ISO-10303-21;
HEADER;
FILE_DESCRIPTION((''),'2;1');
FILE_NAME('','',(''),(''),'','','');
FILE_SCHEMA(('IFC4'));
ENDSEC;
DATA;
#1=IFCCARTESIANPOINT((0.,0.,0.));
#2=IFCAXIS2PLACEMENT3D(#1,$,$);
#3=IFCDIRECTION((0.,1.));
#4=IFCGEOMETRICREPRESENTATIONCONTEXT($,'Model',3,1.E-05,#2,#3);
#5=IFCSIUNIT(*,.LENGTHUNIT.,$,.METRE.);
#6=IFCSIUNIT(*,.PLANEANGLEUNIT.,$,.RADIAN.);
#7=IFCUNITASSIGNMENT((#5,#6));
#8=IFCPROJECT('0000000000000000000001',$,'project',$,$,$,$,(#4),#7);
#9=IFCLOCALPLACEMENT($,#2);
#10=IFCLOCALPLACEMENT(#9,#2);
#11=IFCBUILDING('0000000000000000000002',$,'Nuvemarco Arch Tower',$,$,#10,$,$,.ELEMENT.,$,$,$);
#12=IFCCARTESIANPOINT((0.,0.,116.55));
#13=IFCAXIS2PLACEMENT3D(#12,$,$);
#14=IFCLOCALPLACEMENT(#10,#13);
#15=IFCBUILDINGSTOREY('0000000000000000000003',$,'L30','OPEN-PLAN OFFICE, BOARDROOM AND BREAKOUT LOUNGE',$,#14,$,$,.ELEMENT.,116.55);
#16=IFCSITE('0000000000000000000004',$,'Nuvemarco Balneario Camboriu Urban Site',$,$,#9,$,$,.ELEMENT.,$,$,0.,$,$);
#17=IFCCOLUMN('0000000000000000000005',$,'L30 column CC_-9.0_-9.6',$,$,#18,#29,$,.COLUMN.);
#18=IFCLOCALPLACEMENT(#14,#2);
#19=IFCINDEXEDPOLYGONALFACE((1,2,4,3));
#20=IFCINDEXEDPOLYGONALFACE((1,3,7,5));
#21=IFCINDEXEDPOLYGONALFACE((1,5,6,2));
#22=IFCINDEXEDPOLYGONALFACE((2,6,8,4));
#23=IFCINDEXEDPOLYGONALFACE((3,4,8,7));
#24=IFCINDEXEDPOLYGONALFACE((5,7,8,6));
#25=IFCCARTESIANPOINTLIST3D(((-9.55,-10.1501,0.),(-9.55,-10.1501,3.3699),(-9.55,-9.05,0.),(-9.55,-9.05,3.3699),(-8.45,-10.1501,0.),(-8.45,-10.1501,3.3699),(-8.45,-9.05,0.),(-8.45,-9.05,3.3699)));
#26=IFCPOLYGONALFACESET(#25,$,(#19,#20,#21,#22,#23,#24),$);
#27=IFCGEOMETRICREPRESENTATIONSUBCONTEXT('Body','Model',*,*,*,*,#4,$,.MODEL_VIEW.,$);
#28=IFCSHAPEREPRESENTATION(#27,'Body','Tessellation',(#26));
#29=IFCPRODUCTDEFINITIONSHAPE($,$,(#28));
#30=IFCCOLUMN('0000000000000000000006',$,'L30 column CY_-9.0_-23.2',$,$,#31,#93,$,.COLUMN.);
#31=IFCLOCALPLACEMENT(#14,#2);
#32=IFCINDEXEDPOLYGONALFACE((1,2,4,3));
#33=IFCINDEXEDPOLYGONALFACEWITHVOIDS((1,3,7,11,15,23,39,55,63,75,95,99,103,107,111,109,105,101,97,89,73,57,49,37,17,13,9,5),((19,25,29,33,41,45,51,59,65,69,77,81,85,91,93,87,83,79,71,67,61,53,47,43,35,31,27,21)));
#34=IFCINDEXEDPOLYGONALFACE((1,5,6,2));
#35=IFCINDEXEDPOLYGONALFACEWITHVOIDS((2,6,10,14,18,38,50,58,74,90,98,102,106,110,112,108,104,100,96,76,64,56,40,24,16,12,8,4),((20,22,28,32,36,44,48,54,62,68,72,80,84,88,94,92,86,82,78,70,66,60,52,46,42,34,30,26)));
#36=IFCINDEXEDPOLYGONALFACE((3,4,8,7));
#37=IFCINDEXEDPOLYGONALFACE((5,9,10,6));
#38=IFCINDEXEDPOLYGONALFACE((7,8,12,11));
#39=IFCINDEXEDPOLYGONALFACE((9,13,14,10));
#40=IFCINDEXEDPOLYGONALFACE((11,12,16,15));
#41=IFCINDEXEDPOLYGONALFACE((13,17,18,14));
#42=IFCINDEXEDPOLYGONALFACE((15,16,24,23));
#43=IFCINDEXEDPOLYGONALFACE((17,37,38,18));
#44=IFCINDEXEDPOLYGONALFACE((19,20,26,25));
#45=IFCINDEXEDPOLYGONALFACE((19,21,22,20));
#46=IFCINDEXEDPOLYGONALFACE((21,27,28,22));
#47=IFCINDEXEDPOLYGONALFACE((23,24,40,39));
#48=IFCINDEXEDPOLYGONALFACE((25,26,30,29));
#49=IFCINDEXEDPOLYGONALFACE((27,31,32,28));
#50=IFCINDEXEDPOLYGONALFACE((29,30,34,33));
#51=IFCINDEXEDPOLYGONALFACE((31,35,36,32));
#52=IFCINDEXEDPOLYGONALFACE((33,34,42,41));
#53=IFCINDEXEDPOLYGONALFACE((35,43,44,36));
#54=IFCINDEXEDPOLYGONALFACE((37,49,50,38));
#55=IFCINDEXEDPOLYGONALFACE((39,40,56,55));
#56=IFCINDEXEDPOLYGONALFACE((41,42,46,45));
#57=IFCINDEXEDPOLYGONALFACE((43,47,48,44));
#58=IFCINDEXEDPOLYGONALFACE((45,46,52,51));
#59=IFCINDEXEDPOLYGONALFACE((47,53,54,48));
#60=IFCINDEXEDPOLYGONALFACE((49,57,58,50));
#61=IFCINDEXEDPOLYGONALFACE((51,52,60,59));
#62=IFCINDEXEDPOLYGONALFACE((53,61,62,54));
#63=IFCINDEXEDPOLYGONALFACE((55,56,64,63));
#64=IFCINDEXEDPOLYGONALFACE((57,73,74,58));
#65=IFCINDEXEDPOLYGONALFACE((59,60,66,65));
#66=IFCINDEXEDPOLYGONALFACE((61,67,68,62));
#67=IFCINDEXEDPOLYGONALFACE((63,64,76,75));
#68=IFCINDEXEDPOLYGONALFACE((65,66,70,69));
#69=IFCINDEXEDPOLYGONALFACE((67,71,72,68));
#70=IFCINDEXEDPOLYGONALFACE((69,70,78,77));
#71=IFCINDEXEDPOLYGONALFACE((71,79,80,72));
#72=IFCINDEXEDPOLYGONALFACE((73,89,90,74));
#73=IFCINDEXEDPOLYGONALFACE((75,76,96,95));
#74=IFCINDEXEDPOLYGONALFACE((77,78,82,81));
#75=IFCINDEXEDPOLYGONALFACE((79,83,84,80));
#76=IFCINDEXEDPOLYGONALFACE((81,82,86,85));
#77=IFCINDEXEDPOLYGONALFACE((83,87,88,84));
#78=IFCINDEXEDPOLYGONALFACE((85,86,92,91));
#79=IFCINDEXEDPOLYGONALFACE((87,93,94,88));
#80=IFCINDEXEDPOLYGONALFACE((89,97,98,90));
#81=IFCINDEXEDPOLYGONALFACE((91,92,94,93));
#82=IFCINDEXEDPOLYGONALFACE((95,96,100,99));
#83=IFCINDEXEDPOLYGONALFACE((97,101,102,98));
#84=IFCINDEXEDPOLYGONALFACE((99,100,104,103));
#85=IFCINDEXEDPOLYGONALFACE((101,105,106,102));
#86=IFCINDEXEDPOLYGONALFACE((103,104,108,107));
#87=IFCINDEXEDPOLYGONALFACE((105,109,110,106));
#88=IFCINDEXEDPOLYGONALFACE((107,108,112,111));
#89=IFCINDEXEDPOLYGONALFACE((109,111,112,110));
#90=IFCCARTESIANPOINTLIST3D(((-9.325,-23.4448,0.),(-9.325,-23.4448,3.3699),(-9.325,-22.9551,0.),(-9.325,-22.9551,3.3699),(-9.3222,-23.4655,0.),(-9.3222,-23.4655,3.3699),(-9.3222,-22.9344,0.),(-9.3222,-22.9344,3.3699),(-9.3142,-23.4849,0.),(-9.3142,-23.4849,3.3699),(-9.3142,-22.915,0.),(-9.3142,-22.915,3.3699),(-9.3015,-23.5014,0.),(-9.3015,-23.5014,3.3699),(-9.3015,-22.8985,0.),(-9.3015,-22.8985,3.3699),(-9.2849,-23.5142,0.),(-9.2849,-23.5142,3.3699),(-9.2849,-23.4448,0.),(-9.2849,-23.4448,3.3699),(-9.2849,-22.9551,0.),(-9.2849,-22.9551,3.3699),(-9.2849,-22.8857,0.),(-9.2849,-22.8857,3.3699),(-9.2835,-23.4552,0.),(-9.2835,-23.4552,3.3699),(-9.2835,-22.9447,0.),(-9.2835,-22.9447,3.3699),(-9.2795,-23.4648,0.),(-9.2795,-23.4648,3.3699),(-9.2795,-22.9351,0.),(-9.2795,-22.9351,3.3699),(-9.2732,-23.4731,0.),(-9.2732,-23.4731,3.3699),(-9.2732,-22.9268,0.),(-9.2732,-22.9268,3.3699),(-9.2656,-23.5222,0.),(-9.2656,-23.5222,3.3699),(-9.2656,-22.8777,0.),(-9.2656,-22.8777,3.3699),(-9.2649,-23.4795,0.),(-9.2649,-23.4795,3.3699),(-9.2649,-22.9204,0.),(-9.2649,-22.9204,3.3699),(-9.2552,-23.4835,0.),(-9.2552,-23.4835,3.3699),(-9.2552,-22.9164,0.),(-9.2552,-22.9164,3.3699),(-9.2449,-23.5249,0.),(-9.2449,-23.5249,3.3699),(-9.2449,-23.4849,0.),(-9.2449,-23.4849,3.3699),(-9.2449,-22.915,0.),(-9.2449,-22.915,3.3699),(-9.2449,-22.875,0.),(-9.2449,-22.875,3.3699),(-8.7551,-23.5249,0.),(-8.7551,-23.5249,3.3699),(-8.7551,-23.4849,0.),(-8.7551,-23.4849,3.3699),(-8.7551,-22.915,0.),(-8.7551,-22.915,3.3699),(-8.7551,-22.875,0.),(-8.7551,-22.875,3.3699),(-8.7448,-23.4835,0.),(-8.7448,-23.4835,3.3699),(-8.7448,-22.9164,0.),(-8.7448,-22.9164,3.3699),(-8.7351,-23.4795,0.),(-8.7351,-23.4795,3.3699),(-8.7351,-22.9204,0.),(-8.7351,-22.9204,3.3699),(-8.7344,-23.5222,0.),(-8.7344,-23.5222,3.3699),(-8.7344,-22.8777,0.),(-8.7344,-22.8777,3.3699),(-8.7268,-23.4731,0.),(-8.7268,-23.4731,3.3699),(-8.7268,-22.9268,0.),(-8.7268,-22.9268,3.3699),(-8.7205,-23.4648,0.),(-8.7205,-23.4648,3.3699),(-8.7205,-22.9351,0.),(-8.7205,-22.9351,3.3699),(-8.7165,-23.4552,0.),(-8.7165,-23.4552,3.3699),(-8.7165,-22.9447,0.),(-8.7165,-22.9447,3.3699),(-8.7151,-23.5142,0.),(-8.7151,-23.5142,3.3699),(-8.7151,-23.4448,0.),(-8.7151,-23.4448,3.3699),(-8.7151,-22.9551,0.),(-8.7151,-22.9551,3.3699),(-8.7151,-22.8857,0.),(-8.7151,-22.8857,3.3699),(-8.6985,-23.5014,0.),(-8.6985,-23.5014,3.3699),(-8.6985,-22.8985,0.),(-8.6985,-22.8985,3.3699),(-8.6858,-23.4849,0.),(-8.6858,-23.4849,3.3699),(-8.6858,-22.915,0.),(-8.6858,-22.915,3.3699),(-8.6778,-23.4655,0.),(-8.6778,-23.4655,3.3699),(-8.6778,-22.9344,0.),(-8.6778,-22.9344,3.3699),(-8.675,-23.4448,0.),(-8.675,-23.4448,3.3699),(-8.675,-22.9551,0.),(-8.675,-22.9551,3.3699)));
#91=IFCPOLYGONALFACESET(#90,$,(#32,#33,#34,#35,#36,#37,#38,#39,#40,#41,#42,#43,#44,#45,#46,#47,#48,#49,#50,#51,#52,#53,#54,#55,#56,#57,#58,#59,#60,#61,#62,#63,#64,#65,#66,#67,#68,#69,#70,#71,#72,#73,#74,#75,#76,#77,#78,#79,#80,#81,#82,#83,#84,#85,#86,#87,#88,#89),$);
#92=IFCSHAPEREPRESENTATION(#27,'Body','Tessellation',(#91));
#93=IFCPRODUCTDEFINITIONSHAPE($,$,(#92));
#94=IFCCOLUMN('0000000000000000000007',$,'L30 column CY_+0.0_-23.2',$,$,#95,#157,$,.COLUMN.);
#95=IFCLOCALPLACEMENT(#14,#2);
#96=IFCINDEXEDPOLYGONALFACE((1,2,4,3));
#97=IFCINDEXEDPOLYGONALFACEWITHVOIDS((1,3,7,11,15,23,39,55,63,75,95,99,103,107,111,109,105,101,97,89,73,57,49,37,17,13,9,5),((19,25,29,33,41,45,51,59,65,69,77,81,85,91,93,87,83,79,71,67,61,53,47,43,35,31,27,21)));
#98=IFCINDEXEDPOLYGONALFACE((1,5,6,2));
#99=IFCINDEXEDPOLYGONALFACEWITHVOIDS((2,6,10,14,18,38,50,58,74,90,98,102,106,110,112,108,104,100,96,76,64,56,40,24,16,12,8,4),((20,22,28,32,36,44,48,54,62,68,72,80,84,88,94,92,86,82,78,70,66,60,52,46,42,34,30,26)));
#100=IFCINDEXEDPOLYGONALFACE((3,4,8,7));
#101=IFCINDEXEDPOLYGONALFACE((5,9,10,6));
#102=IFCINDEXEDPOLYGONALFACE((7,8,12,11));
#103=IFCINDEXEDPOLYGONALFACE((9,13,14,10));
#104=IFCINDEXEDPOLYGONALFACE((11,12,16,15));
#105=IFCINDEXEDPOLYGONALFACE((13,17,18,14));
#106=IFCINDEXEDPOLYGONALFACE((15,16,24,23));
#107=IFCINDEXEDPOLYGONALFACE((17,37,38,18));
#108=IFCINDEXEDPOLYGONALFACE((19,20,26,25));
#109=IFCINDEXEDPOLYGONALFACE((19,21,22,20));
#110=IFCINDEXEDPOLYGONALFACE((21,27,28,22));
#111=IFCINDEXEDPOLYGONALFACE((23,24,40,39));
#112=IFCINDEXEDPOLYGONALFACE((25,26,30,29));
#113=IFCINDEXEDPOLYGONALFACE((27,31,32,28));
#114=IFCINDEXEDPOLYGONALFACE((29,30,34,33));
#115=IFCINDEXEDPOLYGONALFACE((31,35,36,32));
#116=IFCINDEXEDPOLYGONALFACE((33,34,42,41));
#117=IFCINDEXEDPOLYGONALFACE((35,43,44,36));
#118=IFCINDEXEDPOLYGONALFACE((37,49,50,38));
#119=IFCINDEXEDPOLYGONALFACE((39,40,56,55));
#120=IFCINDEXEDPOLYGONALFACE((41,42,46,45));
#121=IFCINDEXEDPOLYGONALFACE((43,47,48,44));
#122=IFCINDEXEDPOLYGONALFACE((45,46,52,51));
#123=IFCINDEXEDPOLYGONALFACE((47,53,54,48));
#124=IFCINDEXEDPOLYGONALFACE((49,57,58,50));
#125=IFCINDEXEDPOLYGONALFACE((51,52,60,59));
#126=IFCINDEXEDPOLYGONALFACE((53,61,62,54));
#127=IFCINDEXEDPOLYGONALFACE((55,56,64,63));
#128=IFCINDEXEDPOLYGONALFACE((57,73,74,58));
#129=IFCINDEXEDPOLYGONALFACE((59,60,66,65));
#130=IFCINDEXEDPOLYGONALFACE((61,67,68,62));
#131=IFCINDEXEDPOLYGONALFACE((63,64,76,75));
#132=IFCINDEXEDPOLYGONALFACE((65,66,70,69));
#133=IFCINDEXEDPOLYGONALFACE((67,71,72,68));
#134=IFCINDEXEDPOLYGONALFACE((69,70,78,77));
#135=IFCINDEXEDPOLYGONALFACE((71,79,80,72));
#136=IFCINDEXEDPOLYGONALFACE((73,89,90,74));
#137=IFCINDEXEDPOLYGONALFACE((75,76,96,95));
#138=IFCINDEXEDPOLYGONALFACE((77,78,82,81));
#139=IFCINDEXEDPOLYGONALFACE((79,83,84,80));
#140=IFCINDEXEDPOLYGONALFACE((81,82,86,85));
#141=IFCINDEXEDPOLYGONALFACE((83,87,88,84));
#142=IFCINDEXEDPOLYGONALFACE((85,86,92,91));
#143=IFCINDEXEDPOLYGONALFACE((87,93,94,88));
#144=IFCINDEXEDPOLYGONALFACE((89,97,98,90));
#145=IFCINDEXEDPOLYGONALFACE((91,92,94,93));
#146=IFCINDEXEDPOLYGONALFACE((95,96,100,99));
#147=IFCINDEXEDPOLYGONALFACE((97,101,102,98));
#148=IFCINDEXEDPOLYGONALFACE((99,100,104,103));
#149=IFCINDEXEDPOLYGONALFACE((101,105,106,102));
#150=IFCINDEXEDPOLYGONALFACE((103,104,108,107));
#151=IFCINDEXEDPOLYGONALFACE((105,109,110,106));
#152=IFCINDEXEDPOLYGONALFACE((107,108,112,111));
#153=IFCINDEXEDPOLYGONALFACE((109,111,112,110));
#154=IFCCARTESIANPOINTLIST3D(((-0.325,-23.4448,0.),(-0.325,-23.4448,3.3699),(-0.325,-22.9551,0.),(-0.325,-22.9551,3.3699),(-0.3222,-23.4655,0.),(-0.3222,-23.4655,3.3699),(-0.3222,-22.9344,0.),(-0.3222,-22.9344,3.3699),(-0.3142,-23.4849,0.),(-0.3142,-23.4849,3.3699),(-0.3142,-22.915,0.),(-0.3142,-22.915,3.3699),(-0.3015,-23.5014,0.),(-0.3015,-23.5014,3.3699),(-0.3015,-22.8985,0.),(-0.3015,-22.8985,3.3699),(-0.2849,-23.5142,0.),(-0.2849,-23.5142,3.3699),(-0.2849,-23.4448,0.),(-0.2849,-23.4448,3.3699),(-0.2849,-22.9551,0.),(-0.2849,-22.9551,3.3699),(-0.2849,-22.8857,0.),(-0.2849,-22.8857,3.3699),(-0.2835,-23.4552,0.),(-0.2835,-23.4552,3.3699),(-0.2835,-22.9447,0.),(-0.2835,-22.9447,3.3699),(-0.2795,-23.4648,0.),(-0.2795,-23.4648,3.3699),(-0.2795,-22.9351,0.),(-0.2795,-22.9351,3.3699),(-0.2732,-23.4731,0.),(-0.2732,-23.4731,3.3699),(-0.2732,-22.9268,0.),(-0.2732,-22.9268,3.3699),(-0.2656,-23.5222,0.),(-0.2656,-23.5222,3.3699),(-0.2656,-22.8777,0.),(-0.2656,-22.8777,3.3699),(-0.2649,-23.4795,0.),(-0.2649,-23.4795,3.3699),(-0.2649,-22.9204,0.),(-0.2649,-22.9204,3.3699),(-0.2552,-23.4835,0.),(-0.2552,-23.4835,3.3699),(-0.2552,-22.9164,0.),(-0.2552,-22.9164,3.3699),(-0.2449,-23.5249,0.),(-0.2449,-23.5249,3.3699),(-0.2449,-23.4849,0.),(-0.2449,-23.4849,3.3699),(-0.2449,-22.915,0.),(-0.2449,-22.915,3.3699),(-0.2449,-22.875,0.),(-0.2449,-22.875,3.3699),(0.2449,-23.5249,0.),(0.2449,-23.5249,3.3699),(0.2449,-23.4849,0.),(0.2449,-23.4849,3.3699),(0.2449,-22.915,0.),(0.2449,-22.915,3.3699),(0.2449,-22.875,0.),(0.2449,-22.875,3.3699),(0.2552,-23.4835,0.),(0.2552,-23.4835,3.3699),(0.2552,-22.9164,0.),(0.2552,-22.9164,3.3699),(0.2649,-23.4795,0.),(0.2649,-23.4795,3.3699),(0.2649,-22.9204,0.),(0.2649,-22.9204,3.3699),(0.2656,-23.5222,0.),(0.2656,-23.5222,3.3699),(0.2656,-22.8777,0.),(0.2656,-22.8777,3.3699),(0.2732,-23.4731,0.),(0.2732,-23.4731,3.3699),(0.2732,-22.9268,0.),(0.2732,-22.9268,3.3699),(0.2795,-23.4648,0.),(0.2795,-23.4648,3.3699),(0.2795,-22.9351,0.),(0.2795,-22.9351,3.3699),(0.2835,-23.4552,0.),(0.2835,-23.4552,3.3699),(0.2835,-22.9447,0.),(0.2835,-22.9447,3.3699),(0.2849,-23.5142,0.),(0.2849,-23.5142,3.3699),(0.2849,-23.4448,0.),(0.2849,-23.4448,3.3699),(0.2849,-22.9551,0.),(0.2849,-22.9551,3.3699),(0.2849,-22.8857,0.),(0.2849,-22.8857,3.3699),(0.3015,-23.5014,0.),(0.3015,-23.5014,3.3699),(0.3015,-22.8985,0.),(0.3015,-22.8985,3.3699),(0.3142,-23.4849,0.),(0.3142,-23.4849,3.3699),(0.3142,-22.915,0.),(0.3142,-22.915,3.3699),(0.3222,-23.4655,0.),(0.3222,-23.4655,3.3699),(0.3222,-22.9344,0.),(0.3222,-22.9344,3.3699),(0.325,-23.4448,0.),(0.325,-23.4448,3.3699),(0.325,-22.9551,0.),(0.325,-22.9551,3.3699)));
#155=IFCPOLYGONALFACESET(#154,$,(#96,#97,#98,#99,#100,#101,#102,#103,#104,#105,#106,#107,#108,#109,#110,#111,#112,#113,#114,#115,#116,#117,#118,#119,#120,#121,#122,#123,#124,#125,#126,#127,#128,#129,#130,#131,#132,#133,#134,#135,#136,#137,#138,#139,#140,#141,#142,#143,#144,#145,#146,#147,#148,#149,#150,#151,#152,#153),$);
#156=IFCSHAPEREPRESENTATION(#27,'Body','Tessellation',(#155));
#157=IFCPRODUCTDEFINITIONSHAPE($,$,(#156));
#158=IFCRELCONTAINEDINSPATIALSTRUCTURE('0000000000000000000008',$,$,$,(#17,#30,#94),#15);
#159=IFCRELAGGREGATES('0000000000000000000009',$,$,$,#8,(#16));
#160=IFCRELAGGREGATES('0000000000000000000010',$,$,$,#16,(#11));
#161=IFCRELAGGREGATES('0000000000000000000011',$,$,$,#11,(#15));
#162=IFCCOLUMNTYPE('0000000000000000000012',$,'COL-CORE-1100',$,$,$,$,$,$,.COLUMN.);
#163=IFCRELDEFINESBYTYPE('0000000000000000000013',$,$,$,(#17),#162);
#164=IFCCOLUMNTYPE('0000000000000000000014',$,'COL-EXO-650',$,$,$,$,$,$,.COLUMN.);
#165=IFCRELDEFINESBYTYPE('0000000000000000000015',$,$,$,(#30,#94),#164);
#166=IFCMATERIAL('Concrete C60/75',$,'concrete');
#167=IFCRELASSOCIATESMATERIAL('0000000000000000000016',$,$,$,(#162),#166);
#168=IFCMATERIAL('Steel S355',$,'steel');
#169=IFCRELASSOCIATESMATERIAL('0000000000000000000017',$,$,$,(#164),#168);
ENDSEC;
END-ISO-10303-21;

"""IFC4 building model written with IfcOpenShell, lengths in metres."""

from ifc_helpers import new_model, si_unit, direction, frame, origin, origin_2d, place, context, subcontext, project, spatial, rectangle, hollow_rectangle, extrude, material, material_profile, profile_set, type_object, element, save


model = new_model("IFC4")

# Units and contexts
model_context = context("Model", 3, precision=1e-05, world=origin(), true_north=direction((0.0, 1.0)))
body_context = subcontext(model_context, "Body", "Model", "MODEL_VIEW")
ifc_project = project(units=[si_unit("LENGTHUNIT", "METRE"), si_unit("PLANEANGLEUNIT", "RADIAN")], contexts=[model_context])

# Site, building, storey
site_placement = place(None, origin())
site = spatial("IfcSite", under=ifc_project, at=site_placement, Name="Nuvemarco Balneario Camboriu Urban Site", CompositionType="ELEMENT", RefElevation=0.0)
building_placement = place(site_placement, origin())
building = spatial("IfcBuilding", under=site, at=building_placement, Name="Nuvemarco Arch Tower", CompositionType="ELEMENT")
storey_placement = place(building_placement, frame((0.0, 0.0, 116.55)))
storey = spatial("IfcBuildingStorey", under=building, at=storey_placement, Name="L30", Description="OPEN-PLAN OFFICE, BOARDROOM AND BREAKOUT LOUNGE", CompositionType="ELEMENT", Elevation=116.55)

# Columns
ifc_material_1 = material(Name="Concrete C60/75", Category="concrete")
ifc_material_profile_1 = material_profile(ifc_material_1, rectangle(XDim=1.1001, YDim=1.1001, at=origin_2d()), Name="RC-COL-1100x1100")
ifc_profile_set_1 = profile_set([ifc_material_profile_1], Name="Concrete C60/75")
column_type_1 = type_object("IfcColumnType", Name="COL-CORE-1100", PredefinedType="COLUMN", material=ifc_profile_set_1)
column_1_placement = place(storey_placement, frame((-9.0, -9.6001, 0.0), z_axis=(0.0, 0.0, 1.0), x_axis=(1.0, 0.0, 0.0)))
element("IfcColumn", 1, at=column_1_placement, inside=storey, type_object=column_type_1, Name="L30 column CC_-9.0_-9.6", PredefinedType="COLUMN", context=body_context, shape_type="SweptSolid", body=[
    extrude(rectangle(XDim=1.1001, YDim=1.1001, at=origin_2d()), origin(), (0.0, 0.0, 1.0), 3.3699),
])
ifc_material_2 = material(Name="Steel S355", Category="steel")
ifc_material_profile_2 = material_profile(ifc_material_2, hollow_rectangle(XDim=0.6499, YDim=0.6499, WallThickness=0.04, InnerFilletRadius=0.04, OuterFilletRadius=0.0801, at=origin_2d()), Name="SHS650x650x40")
ifc_profile_set_2 = profile_set([ifc_material_profile_2], Name="Steel S355")
column_type_2 = type_object("IfcColumnType", Name="COL-EXO-650", PredefinedType="COLUMN", material=ifc_profile_set_2)
for number, where, z_axis, x_axis, name in (
    (2, (-9.0, -23.2, 0.0), (0.0, 0.0, 1.0), (1.0, 0.0, 0.0), "L30 column CY_-9.0_-23.2"),
    (3, (0.0, -23.2, 0.0), (0.0, 0.0, 1.0), (1.0, 0.0, 0.0), "L30 column CY_+0.0_-23.2"),
):
    element("IfcColumn", number, at=place(storey_placement, frame(where, z_axis=z_axis, x_axis=x_axis)), inside=storey, type_object=column_type_2, Name=name, PredefinedType="COLUMN", context=body_context, shape_type="SweptSolid", body=[
        extrude(hollow_rectangle(XDim=0.6499, YDim=0.6499, WallThickness=0.04, InnerFilletRadius=0.04, OuterFilletRadius=0.0801, at=origin_2d()), origin(), (0.0, 0.0, 1.0), 3.3699),
    ])

save(model, "model.ifc")
